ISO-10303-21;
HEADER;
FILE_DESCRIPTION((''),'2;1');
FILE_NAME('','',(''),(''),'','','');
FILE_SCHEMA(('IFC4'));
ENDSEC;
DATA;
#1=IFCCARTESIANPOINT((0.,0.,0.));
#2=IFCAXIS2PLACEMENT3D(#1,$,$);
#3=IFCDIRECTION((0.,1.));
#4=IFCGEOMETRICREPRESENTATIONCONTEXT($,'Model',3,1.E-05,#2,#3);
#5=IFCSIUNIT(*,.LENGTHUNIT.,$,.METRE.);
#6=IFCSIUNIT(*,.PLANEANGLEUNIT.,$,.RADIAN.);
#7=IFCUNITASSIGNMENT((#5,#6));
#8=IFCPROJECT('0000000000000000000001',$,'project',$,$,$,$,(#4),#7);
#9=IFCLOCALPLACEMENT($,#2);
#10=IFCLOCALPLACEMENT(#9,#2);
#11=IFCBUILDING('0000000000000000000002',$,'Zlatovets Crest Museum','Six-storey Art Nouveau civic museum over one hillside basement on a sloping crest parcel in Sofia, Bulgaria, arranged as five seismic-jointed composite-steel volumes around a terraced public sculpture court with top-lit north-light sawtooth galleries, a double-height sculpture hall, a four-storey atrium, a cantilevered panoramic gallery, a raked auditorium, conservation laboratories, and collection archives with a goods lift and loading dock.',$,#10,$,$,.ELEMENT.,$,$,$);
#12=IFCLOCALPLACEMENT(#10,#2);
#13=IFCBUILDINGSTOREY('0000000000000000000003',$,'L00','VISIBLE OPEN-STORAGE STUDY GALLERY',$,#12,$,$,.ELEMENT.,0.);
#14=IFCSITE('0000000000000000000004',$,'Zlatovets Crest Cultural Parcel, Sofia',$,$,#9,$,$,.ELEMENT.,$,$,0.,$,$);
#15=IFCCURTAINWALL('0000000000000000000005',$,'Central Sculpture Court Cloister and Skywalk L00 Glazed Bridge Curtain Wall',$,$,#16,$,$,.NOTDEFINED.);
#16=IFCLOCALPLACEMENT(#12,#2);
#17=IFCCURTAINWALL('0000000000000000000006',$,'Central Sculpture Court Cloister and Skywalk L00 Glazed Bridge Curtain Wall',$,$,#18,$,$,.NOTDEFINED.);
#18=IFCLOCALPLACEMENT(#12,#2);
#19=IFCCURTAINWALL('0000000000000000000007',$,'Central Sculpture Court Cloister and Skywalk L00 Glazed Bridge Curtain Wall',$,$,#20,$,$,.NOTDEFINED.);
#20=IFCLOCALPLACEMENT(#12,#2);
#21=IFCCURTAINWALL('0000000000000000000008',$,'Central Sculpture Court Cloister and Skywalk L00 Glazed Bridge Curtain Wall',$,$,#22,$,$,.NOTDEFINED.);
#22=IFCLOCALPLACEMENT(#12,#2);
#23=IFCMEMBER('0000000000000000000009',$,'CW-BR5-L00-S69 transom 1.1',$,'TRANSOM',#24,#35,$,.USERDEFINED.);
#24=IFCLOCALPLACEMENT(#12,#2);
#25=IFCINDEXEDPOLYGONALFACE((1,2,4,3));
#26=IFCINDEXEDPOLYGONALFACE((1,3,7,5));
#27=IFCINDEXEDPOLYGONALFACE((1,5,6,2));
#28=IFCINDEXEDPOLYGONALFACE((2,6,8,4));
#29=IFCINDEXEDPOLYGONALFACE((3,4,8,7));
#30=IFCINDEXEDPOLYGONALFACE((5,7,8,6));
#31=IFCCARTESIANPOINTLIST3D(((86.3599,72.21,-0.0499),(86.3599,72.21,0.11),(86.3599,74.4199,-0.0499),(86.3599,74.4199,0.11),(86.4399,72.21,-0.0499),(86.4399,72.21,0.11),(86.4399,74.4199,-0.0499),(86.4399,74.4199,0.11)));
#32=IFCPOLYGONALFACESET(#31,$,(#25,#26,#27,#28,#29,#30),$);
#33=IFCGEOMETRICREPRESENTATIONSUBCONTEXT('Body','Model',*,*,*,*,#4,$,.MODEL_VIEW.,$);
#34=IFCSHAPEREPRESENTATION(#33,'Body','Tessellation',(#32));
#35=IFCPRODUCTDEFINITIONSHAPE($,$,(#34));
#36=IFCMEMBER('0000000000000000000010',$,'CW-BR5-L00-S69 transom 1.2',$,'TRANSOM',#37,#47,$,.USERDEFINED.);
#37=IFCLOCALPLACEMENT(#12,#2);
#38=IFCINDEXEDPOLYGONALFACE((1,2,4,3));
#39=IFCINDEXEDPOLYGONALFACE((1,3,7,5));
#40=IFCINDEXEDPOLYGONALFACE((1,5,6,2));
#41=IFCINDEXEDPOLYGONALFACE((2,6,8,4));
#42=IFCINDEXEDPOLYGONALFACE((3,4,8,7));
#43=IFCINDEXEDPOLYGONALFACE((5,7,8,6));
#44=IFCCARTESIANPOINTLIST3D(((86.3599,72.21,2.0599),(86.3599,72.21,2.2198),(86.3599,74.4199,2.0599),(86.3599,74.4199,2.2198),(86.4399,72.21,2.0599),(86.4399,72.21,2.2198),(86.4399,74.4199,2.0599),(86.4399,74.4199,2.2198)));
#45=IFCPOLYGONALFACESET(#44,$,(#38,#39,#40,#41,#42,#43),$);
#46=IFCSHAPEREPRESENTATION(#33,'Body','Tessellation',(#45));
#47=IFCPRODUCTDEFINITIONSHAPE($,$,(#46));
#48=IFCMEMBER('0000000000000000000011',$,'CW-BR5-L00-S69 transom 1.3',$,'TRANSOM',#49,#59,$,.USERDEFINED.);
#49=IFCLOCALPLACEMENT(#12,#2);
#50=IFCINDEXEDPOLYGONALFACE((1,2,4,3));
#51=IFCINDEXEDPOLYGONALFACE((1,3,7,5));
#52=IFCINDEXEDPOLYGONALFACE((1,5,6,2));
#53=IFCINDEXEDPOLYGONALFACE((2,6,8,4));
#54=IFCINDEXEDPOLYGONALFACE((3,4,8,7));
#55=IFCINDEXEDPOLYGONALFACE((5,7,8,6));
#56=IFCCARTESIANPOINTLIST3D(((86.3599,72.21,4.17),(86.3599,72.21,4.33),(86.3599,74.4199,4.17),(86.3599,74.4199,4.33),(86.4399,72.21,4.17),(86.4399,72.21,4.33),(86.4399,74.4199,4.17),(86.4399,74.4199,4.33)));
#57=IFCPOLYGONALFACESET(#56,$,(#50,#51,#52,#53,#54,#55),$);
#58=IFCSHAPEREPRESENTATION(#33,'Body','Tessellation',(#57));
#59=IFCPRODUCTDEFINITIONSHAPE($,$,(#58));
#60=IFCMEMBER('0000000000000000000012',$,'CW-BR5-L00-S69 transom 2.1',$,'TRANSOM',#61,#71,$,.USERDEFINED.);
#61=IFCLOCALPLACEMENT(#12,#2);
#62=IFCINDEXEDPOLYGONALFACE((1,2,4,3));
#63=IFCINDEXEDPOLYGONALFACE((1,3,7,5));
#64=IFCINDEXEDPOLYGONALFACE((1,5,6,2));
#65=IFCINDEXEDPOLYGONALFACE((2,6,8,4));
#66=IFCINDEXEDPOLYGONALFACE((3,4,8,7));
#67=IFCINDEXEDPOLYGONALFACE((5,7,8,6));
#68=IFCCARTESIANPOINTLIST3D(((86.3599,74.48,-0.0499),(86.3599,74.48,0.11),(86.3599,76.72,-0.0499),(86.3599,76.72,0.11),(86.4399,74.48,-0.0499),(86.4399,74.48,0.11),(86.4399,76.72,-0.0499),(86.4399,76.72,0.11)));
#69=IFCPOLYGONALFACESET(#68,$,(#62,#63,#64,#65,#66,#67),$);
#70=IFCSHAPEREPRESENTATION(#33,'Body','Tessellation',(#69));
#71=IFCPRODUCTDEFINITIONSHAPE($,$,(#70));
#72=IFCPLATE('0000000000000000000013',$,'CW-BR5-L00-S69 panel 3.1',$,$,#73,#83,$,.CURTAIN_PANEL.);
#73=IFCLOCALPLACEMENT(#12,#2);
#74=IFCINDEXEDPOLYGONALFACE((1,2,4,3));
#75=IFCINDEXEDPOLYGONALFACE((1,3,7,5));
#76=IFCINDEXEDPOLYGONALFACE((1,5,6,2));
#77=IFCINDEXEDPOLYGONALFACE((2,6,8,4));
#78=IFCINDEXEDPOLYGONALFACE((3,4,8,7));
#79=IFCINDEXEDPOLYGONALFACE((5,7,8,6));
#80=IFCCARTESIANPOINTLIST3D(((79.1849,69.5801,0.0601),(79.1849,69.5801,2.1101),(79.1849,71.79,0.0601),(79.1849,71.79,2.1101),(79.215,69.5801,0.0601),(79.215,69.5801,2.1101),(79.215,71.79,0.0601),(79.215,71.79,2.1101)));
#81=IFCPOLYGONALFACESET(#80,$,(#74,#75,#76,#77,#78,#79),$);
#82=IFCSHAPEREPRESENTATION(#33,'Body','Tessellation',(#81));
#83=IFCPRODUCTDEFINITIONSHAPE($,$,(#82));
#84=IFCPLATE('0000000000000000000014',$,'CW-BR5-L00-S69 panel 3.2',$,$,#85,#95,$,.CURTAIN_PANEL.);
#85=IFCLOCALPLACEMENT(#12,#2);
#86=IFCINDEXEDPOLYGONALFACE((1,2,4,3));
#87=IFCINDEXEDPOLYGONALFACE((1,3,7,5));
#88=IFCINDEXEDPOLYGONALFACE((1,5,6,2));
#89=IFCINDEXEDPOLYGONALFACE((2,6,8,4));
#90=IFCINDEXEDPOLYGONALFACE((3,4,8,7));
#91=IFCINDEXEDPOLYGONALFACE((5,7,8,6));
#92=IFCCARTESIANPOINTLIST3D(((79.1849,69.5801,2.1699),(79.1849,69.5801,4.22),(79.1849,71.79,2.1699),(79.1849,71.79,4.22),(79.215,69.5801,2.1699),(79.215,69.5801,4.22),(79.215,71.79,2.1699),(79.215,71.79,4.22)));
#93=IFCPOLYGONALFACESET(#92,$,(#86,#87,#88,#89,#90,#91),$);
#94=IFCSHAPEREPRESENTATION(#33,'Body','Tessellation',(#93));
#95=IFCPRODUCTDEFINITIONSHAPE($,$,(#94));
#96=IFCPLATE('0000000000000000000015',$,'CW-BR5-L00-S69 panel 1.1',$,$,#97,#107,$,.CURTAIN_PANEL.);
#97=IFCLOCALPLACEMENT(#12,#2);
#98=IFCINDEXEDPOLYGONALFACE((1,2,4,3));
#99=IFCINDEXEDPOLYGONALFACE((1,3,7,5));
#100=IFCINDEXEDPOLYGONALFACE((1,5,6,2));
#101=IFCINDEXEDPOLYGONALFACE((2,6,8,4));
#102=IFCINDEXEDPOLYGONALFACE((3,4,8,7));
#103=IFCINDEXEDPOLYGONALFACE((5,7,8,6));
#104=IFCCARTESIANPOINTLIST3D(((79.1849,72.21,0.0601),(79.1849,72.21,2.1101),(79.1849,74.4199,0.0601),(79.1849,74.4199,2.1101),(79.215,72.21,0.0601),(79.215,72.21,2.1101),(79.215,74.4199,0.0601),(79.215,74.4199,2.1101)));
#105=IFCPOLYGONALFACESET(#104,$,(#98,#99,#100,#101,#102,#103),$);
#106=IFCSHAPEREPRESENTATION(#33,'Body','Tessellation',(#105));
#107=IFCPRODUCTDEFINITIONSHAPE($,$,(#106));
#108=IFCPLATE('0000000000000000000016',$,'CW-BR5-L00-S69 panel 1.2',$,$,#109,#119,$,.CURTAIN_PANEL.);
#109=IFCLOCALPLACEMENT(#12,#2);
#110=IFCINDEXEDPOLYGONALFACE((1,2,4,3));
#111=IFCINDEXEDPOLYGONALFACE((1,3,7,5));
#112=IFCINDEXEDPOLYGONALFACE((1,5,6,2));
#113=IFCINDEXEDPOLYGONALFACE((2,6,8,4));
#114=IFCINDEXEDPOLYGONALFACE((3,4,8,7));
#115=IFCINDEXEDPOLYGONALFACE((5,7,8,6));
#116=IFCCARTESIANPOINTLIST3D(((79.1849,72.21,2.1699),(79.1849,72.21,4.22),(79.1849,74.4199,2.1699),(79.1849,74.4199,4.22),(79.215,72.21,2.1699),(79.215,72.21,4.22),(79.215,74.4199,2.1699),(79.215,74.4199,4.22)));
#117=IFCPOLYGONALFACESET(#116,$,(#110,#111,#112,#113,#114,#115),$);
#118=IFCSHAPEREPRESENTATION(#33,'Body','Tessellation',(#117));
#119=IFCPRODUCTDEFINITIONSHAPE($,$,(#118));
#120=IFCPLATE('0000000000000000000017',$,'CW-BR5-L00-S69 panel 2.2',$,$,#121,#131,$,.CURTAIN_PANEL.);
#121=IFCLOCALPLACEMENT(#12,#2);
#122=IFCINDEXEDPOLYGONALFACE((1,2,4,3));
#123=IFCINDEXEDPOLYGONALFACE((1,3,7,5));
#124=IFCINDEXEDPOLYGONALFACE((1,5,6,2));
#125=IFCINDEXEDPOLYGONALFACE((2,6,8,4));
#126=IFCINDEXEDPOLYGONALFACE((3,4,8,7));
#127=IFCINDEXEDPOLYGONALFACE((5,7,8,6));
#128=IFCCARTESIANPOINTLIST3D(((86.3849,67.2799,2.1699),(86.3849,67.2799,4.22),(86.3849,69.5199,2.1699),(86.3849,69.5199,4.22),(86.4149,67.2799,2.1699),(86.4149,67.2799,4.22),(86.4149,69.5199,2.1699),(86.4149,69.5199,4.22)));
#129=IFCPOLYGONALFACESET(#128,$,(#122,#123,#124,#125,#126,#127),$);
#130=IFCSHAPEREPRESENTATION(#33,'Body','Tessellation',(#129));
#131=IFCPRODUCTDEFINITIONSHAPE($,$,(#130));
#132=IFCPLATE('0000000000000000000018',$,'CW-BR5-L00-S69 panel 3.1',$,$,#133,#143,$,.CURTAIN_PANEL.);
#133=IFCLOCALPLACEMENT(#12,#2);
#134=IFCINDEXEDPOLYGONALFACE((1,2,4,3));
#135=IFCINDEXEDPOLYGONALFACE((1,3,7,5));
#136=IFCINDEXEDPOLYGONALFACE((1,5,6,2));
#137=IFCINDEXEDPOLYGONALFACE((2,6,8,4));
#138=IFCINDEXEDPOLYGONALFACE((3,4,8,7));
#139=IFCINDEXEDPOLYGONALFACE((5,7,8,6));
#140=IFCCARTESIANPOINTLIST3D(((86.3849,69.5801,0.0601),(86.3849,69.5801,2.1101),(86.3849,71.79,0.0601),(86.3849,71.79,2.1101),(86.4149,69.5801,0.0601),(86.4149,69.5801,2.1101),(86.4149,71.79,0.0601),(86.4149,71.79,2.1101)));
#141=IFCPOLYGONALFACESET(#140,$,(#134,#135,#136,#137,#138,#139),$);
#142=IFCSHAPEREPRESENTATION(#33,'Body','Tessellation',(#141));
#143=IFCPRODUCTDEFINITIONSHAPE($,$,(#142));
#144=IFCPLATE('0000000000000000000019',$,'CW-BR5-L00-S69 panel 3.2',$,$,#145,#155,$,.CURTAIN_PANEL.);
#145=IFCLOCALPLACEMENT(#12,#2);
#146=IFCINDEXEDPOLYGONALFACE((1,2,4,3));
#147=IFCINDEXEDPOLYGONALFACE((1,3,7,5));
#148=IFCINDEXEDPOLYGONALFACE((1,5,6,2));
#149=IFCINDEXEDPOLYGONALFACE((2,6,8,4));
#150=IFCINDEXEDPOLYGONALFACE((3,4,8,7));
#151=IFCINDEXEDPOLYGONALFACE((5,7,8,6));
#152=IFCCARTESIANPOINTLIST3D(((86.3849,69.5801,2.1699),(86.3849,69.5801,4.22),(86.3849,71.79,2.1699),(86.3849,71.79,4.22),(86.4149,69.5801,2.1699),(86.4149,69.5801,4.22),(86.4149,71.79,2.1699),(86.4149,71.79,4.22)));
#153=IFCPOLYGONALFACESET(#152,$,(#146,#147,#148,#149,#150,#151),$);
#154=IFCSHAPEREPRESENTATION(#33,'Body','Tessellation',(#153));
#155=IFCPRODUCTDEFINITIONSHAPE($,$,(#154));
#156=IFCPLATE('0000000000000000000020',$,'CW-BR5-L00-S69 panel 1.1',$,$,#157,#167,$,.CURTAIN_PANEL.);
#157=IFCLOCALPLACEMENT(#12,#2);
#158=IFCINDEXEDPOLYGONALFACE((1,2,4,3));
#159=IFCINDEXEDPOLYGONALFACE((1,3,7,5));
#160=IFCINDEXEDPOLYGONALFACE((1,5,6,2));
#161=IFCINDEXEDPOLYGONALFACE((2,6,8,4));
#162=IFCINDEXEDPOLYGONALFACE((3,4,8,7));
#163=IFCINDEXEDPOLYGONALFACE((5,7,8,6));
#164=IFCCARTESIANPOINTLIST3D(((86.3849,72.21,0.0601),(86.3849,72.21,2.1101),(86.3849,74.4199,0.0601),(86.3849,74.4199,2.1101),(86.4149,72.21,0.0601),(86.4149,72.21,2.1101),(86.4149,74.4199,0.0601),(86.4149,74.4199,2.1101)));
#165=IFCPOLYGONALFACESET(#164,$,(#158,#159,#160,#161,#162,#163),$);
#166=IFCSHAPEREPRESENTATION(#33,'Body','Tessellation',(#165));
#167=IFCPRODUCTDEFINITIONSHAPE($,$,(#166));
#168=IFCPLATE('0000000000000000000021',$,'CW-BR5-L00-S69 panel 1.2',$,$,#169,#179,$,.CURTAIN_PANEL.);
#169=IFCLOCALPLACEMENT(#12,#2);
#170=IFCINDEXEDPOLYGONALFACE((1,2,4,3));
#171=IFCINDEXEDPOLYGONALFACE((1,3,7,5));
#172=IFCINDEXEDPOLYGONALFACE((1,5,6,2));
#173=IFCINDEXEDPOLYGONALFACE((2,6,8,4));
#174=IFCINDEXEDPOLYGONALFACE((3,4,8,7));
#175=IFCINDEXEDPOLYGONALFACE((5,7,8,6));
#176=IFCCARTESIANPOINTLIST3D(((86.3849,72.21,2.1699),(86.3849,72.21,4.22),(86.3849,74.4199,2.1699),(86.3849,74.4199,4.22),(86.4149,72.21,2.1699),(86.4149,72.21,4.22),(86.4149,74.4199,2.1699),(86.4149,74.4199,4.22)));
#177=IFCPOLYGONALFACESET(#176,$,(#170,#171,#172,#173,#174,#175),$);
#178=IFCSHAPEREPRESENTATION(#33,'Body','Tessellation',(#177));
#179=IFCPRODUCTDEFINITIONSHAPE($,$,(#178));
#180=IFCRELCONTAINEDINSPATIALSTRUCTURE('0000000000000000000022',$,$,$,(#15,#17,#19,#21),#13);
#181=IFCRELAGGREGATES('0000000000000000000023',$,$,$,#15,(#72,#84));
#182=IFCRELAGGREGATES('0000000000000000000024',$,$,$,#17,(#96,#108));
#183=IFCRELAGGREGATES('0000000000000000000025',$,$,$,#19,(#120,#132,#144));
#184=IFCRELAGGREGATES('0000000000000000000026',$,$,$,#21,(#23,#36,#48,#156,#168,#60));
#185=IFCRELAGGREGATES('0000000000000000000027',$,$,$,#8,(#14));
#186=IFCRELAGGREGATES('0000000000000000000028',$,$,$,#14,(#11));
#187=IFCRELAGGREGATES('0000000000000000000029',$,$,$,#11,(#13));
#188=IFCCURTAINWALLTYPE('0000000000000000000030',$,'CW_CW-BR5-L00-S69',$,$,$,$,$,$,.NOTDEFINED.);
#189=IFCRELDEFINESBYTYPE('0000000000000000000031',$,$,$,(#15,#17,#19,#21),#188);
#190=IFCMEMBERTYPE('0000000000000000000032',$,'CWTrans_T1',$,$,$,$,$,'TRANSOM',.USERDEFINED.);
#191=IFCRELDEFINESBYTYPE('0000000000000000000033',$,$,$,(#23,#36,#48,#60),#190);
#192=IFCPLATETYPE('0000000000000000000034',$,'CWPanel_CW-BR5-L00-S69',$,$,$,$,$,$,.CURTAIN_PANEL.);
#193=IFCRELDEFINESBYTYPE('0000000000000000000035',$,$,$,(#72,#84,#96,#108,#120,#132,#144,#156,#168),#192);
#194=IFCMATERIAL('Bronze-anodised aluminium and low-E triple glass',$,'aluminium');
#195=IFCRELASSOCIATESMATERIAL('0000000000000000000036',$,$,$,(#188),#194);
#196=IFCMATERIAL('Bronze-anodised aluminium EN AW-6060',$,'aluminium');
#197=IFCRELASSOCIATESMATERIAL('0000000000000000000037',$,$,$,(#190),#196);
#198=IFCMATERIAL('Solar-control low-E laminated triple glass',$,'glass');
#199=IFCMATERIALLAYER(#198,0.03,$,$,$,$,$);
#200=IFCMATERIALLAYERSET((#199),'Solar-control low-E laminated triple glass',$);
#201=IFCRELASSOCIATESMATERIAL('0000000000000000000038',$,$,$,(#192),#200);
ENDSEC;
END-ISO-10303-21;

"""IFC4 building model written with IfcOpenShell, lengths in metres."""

from ifc_helpers import new_model, si_unit, direction, frame, origin, origin_2d, place, context, subcontext, project, spatial, rectangle, extrude, material, layer, layer_set, material_profile, profile_set, type_object, element, aggregate, save


model = new_model("IFC4")

# Units and contexts
model_context = context("Model", 3, precision=1e-05, world=origin(), true_north=direction((0.0, 1.0)))
body_context = subcontext(model_context, "Body", "Model", "MODEL_VIEW")
ifc_project = project(units=[si_unit("LENGTHUNIT", "METRE"), si_unit("PLANEANGLEUNIT", "RADIAN")], contexts=[model_context])

# Site, building, storey
site_placement = place(None, origin())
site = spatial("IfcSite", under=ifc_project, at=site_placement, Name="Zlatovets Crest Cultural Parcel, Sofia", CompositionType="ELEMENT", RefElevation=0.0)
building_placement = place(site_placement, origin())
building = spatial("IfcBuilding", under=site, at=building_placement, Name="Zlatovets Crest Museum", Description="Six-storey Art Nouveau civic museum over one hillside basement on a sloping crest parcel in Sofia, Bulgaria, arranged as five seismic-jointed composite-steel volumes around a terraced public sculpture court with top-lit north-light sawtooth galleries, a double-height sculpture hall, a four-storey atrium, a cantilevered panoramic gallery, a raked auditorium, conservation laboratories, and collection archives with a goods lift and loading dock.", CompositionType="ELEMENT")
storey_placement = place(building_placement, origin())
storey = spatial("IfcBuildingStorey", under=building, at=storey_placement, Name="L00", Description="VISIBLE OPEN-STORAGE STUDY GALLERY", CompositionType="ELEMENT", Elevation=0.0)

# Curtain walls
ifc_material_1 = material(Name="Bronze-anodised aluminium and low-E triple glass", Category="aluminium")
curtain_wall_type = type_object("IfcCurtainWallType", Name="CW_CW-BR5-L00-S69", PredefinedType="NOTDEFINED", material=ifc_material_1)
curtain_wall_1_placement = place(storey_placement, origin())
curtain_wall_1 = element("IfcCurtainWall", 1, at=curtain_wall_1_placement, inside=storey, type_object=curtain_wall_type, Name="Central Sculpture Court Cloister and Skywalk L00 Glazed Bridge Curtain Wall", PredefinedType="NOTDEFINED")
ifc_material_2 = material(Name="Bronze-anodised aluminium EN AW-6060", Category="aluminium")
curtain_wall_2_placement = place(storey_placement, origin())
curtain_wall_2 = element("IfcCurtainWall", 2, at=curtain_wall_2_placement, inside=storey, type_object=curtain_wall_type, Name="Central Sculpture Court Cloister and Skywalk L00 Glazed Bridge Curtain Wall", PredefinedType="NOTDEFINED")
curtain_wall_3_placement = place(storey_placement, origin())
curtain_wall_3 = element("IfcCurtainWall", 3, at=curtain_wall_3_placement, inside=storey, type_object=curtain_wall_type, Name="Central Sculpture Court Cloister and Skywalk L00 Glazed Bridge Curtain Wall", PredefinedType="NOTDEFINED")
curtain_wall_4_placement = place(storey_placement, origin())
curtain_wall_4 = element("IfcCurtainWall", 4, at=curtain_wall_4_placement, inside=storey, type_object=curtain_wall_type, Name="Central Sculpture Court Cloister and Skywalk L00 Glazed Bridge Curtain Wall", PredefinedType="NOTDEFINED")

# Members
ifc_material_profile_1 = material_profile(ifc_material_2, rectangle(XDim=0.0801, YDim=0.1599, at=origin_2d()), Name="ALU 80x160")
ifc_profile_set_1 = profile_set([ifc_material_profile_1], Name="Bronze-anodised aluminium EN AW-6060")
member_type_1 = type_object("IfcMemberType", Name="CWTrans_T1", ElementType="TRANSOM", PredefinedType="USERDEFINED", material=ifc_profile_set_1)
member_1_placement = place(storey_placement, frame((86.3999, 72.21, 0.03), z_axis=(0.0, 1.0, 0.0), x_axis=(-1.0, 0.0, 0.0)))
member_1 = element("IfcMember", 5, at=member_1_placement, type_object=member_type_1, Name="CW-BR5-L00-S69 transom 1.1", ObjectType="TRANSOM", PredefinedType="USERDEFINED", context=body_context, shape_type="SweptSolid", body=[
    extrude(rectangle(XDim=0.0801, YDim=0.1599, at=origin_2d()), origin(), (0.0, 0.0, 1.0), 2.21),
])
member_2_placement = place(storey_placement, frame((86.3999, 72.21, 2.1399), z_axis=(0.0, 1.0, 0.0), x_axis=(-1.0, 0.0, 0.0)))
member_2 = element("IfcMember", 6, at=member_2_placement, type_object=member_type_1, Name="CW-BR5-L00-S69 transom 1.2", ObjectType="TRANSOM", PredefinedType="USERDEFINED", context=body_context, shape_type="SweptSolid", body=[
    extrude(rectangle(XDim=0.0801, YDim=0.1599, at=origin_2d()), origin(), (0.0, 0.0, 1.0), 2.21),
])
member_3_placement = place(storey_placement, frame((86.3999, 72.21, 4.25), z_axis=(0.0, 1.0, 0.0), x_axis=(-1.0, 0.0, 0.0)))
member_3 = element("IfcMember", 7, at=member_3_placement, type_object=member_type_1, Name="CW-BR5-L00-S69 transom 1.3", ObjectType="TRANSOM", PredefinedType="USERDEFINED", context=body_context, shape_type="SweptSolid", body=[
    extrude(rectangle(XDim=0.0801, YDim=0.1599, at=origin_2d()), origin(), (0.0, 0.0, 1.0), 2.21),
])
member_4_placement = place(storey_placement, frame((86.3999, 74.48, 0.03), z_axis=(0.0, 1.0, 0.0), x_axis=(-1.0, 0.0, 0.0)))
member_4 = element("IfcMember", 8, at=member_4_placement, type_object=member_type_1, Name="CW-BR5-L00-S69 transom 2.1", ObjectType="TRANSOM", PredefinedType="USERDEFINED", context=body_context, shape_type="SweptSolid", body=[
    extrude(rectangle(XDim=0.0801, YDim=0.1599, at=origin_2d()), origin(), (0.0, 0.0, 1.0), 2.24),
])

# Plates
ifc_material_3 = material(Name="Solar-control low-E laminated triple glass", Category="glass")
ifc_layer = layer(ifc_material_3, 0.03)
ifc_layer_set = layer_set([ifc_layer], Name="Solar-control low-E laminated triple glass")
plate_type = type_object("IfcPlateType", Name="CWPanel_CW-BR5-L00-S69", PredefinedType="CURTAIN_PANEL", material=ifc_layer_set)
plate_1_placement = place(storey_placement, frame((79.2, 70.6851, 0.0601), z_axis=(0.0, 0.0, 1.0), x_axis=(0.0, 1.0, 0.0)))
plate_1 = element("IfcPlate", 9, at=plate_1_placement, type_object=plate_type, Name="CW-BR5-L00-S69 panel 3.1", PredefinedType="CURTAIN_PANEL", context=body_context, shape_type="SweptSolid", body=[
    extrude(rectangle(XDim=2.21, YDim=0.03, at=origin_2d()), origin(), (0.0, 0.0, 1.0), 2.05),
])
plate_2_placement = place(storey_placement, frame((79.2, 70.6851, 2.1699), z_axis=(0.0, 0.0, 1.0), x_axis=(0.0, 1.0, 0.0)))
plate_2 = element("IfcPlate", 10, at=plate_2_placement, type_object=plate_type, Name="CW-BR5-L00-S69 panel 3.2", PredefinedType="CURTAIN_PANEL", context=body_context, shape_type="SweptSolid", body=[
    extrude(rectangle(XDim=2.21, YDim=0.03, at=origin_2d()), origin(), (0.0, 0.0, 1.0), 2.05),
])
aggregate(curtain_wall_1, [plate_1, plate_2])
plate_3_placement = place(storey_placement, frame((79.2, 73.3149, 0.0601), z_axis=(0.0, 0.0, 1.0), x_axis=(0.0, 1.0, 0.0)))
plate_3 = element("IfcPlate", 11, at=plate_3_placement, type_object=plate_type, Name="CW-BR5-L00-S69 panel 1.1", PredefinedType="CURTAIN_PANEL", context=body_context, shape_type="SweptSolid", body=[
    extrude(rectangle(XDim=2.21, YDim=0.03, at=origin_2d()), origin(), (0.0, 0.0, 1.0), 2.05),
])
plate_4_placement = place(storey_placement, frame((79.2, 73.3149, 2.1699), z_axis=(0.0, 0.0, 1.0), x_axis=(0.0, 1.0, 0.0)))
plate_4 = element("IfcPlate", 12, at=plate_4_placement, type_object=plate_type, Name="CW-BR5-L00-S69 panel 1.2", PredefinedType="CURTAIN_PANEL", context=body_context, shape_type="SweptSolid", body=[
    extrude(rectangle(XDim=2.21, YDim=0.03, at=origin_2d()), origin(), (0.0, 0.0, 1.0), 2.05),
])
aggregate(curtain_wall_2, [plate_3, plate_4])
plate_5_placement = place(storey_placement, frame((86.3999, 68.3999, 2.1699), z_axis=(0.0, 0.0, 1.0), x_axis=(0.0, 1.0, 0.0)))
plate_5 = element("IfcPlate", 13, at=plate_5_placement, type_object=plate_type, Name="CW-BR5-L00-S69 panel 2.2", PredefinedType="CURTAIN_PANEL", context=body_context, shape_type="SweptSolid", body=[
    extrude(rectangle(XDim=2.24, YDim=0.03, at=origin_2d()), origin(), (0.0, 0.0, 1.0), 2.05),
])
plate_6_placement = place(storey_placement, frame((86.3999, 70.6851, 0.0601), z_axis=(0.0, 0.0, 1.0), x_axis=(0.0, 1.0, 0.0)))
plate_6 = element("IfcPlate", 14, at=plate_6_placement, type_object=plate_type, Name="CW-BR5-L00-S69 panel 3.1", PredefinedType="CURTAIN_PANEL", context=body_context, shape_type="SweptSolid", body=[
    extrude(rectangle(XDim=2.21, YDim=0.03, at=origin_2d()), origin(), (0.0, 0.0, 1.0), 2.05),
])
plate_7_placement = place(storey_placement, frame((86.3999, 70.6851, 2.1699), z_axis=(0.0, 0.0, 1.0), x_axis=(0.0, 1.0, 0.0)))
plate_7 = element("IfcPlate", 15, at=plate_7_placement, type_object=plate_type, Name="CW-BR5-L00-S69 panel 3.2", PredefinedType="CURTAIN_PANEL", context=body_context, shape_type="SweptSolid", body=[
    extrude(rectangle(XDim=2.21, YDim=0.03, at=origin_2d()), origin(), (0.0, 0.0, 1.0), 2.05),
])
aggregate(curtain_wall_3, [plate_5, plate_6, plate_7])
plate_8_placement = place(storey_placement, frame((86.3999, 73.3149, 0.0601), z_axis=(0.0, 0.0, 1.0), x_axis=(0.0, 1.0, 0.0)))
plate_8 = element("IfcPlate", 16, at=plate_8_placement, type_object=plate_type, Name="CW-BR5-L00-S69 panel 1.1", PredefinedType="CURTAIN_PANEL", context=body_context, shape_type="SweptSolid", body=[
    extrude(rectangle(XDim=2.21, YDim=0.03, at=origin_2d()), origin(), (0.0, 0.0, 1.0), 2.05),
])
plate_9_placement = place(storey_placement, frame((86.3999, 73.3149, 2.1699), z_axis=(0.0, 0.0, 1.0), x_axis=(0.0, 1.0, 0.0)))
plate_9 = element("IfcPlate", 17, at=plate_9_placement, type_object=plate_type, Name="CW-BR5-L00-S69 panel 1.2", PredefinedType="CURTAIN_PANEL", context=body_context, shape_type="SweptSolid", body=[
    extrude(rectangle(XDim=2.21, YDim=0.03, at=origin_2d()), origin(), (0.0, 0.0, 1.0), 2.05),
])
aggregate(curtain_wall_4, [member_1, member_2, member_3, plate_8, plate_9, member_4])

save(model, "model.ifc")
